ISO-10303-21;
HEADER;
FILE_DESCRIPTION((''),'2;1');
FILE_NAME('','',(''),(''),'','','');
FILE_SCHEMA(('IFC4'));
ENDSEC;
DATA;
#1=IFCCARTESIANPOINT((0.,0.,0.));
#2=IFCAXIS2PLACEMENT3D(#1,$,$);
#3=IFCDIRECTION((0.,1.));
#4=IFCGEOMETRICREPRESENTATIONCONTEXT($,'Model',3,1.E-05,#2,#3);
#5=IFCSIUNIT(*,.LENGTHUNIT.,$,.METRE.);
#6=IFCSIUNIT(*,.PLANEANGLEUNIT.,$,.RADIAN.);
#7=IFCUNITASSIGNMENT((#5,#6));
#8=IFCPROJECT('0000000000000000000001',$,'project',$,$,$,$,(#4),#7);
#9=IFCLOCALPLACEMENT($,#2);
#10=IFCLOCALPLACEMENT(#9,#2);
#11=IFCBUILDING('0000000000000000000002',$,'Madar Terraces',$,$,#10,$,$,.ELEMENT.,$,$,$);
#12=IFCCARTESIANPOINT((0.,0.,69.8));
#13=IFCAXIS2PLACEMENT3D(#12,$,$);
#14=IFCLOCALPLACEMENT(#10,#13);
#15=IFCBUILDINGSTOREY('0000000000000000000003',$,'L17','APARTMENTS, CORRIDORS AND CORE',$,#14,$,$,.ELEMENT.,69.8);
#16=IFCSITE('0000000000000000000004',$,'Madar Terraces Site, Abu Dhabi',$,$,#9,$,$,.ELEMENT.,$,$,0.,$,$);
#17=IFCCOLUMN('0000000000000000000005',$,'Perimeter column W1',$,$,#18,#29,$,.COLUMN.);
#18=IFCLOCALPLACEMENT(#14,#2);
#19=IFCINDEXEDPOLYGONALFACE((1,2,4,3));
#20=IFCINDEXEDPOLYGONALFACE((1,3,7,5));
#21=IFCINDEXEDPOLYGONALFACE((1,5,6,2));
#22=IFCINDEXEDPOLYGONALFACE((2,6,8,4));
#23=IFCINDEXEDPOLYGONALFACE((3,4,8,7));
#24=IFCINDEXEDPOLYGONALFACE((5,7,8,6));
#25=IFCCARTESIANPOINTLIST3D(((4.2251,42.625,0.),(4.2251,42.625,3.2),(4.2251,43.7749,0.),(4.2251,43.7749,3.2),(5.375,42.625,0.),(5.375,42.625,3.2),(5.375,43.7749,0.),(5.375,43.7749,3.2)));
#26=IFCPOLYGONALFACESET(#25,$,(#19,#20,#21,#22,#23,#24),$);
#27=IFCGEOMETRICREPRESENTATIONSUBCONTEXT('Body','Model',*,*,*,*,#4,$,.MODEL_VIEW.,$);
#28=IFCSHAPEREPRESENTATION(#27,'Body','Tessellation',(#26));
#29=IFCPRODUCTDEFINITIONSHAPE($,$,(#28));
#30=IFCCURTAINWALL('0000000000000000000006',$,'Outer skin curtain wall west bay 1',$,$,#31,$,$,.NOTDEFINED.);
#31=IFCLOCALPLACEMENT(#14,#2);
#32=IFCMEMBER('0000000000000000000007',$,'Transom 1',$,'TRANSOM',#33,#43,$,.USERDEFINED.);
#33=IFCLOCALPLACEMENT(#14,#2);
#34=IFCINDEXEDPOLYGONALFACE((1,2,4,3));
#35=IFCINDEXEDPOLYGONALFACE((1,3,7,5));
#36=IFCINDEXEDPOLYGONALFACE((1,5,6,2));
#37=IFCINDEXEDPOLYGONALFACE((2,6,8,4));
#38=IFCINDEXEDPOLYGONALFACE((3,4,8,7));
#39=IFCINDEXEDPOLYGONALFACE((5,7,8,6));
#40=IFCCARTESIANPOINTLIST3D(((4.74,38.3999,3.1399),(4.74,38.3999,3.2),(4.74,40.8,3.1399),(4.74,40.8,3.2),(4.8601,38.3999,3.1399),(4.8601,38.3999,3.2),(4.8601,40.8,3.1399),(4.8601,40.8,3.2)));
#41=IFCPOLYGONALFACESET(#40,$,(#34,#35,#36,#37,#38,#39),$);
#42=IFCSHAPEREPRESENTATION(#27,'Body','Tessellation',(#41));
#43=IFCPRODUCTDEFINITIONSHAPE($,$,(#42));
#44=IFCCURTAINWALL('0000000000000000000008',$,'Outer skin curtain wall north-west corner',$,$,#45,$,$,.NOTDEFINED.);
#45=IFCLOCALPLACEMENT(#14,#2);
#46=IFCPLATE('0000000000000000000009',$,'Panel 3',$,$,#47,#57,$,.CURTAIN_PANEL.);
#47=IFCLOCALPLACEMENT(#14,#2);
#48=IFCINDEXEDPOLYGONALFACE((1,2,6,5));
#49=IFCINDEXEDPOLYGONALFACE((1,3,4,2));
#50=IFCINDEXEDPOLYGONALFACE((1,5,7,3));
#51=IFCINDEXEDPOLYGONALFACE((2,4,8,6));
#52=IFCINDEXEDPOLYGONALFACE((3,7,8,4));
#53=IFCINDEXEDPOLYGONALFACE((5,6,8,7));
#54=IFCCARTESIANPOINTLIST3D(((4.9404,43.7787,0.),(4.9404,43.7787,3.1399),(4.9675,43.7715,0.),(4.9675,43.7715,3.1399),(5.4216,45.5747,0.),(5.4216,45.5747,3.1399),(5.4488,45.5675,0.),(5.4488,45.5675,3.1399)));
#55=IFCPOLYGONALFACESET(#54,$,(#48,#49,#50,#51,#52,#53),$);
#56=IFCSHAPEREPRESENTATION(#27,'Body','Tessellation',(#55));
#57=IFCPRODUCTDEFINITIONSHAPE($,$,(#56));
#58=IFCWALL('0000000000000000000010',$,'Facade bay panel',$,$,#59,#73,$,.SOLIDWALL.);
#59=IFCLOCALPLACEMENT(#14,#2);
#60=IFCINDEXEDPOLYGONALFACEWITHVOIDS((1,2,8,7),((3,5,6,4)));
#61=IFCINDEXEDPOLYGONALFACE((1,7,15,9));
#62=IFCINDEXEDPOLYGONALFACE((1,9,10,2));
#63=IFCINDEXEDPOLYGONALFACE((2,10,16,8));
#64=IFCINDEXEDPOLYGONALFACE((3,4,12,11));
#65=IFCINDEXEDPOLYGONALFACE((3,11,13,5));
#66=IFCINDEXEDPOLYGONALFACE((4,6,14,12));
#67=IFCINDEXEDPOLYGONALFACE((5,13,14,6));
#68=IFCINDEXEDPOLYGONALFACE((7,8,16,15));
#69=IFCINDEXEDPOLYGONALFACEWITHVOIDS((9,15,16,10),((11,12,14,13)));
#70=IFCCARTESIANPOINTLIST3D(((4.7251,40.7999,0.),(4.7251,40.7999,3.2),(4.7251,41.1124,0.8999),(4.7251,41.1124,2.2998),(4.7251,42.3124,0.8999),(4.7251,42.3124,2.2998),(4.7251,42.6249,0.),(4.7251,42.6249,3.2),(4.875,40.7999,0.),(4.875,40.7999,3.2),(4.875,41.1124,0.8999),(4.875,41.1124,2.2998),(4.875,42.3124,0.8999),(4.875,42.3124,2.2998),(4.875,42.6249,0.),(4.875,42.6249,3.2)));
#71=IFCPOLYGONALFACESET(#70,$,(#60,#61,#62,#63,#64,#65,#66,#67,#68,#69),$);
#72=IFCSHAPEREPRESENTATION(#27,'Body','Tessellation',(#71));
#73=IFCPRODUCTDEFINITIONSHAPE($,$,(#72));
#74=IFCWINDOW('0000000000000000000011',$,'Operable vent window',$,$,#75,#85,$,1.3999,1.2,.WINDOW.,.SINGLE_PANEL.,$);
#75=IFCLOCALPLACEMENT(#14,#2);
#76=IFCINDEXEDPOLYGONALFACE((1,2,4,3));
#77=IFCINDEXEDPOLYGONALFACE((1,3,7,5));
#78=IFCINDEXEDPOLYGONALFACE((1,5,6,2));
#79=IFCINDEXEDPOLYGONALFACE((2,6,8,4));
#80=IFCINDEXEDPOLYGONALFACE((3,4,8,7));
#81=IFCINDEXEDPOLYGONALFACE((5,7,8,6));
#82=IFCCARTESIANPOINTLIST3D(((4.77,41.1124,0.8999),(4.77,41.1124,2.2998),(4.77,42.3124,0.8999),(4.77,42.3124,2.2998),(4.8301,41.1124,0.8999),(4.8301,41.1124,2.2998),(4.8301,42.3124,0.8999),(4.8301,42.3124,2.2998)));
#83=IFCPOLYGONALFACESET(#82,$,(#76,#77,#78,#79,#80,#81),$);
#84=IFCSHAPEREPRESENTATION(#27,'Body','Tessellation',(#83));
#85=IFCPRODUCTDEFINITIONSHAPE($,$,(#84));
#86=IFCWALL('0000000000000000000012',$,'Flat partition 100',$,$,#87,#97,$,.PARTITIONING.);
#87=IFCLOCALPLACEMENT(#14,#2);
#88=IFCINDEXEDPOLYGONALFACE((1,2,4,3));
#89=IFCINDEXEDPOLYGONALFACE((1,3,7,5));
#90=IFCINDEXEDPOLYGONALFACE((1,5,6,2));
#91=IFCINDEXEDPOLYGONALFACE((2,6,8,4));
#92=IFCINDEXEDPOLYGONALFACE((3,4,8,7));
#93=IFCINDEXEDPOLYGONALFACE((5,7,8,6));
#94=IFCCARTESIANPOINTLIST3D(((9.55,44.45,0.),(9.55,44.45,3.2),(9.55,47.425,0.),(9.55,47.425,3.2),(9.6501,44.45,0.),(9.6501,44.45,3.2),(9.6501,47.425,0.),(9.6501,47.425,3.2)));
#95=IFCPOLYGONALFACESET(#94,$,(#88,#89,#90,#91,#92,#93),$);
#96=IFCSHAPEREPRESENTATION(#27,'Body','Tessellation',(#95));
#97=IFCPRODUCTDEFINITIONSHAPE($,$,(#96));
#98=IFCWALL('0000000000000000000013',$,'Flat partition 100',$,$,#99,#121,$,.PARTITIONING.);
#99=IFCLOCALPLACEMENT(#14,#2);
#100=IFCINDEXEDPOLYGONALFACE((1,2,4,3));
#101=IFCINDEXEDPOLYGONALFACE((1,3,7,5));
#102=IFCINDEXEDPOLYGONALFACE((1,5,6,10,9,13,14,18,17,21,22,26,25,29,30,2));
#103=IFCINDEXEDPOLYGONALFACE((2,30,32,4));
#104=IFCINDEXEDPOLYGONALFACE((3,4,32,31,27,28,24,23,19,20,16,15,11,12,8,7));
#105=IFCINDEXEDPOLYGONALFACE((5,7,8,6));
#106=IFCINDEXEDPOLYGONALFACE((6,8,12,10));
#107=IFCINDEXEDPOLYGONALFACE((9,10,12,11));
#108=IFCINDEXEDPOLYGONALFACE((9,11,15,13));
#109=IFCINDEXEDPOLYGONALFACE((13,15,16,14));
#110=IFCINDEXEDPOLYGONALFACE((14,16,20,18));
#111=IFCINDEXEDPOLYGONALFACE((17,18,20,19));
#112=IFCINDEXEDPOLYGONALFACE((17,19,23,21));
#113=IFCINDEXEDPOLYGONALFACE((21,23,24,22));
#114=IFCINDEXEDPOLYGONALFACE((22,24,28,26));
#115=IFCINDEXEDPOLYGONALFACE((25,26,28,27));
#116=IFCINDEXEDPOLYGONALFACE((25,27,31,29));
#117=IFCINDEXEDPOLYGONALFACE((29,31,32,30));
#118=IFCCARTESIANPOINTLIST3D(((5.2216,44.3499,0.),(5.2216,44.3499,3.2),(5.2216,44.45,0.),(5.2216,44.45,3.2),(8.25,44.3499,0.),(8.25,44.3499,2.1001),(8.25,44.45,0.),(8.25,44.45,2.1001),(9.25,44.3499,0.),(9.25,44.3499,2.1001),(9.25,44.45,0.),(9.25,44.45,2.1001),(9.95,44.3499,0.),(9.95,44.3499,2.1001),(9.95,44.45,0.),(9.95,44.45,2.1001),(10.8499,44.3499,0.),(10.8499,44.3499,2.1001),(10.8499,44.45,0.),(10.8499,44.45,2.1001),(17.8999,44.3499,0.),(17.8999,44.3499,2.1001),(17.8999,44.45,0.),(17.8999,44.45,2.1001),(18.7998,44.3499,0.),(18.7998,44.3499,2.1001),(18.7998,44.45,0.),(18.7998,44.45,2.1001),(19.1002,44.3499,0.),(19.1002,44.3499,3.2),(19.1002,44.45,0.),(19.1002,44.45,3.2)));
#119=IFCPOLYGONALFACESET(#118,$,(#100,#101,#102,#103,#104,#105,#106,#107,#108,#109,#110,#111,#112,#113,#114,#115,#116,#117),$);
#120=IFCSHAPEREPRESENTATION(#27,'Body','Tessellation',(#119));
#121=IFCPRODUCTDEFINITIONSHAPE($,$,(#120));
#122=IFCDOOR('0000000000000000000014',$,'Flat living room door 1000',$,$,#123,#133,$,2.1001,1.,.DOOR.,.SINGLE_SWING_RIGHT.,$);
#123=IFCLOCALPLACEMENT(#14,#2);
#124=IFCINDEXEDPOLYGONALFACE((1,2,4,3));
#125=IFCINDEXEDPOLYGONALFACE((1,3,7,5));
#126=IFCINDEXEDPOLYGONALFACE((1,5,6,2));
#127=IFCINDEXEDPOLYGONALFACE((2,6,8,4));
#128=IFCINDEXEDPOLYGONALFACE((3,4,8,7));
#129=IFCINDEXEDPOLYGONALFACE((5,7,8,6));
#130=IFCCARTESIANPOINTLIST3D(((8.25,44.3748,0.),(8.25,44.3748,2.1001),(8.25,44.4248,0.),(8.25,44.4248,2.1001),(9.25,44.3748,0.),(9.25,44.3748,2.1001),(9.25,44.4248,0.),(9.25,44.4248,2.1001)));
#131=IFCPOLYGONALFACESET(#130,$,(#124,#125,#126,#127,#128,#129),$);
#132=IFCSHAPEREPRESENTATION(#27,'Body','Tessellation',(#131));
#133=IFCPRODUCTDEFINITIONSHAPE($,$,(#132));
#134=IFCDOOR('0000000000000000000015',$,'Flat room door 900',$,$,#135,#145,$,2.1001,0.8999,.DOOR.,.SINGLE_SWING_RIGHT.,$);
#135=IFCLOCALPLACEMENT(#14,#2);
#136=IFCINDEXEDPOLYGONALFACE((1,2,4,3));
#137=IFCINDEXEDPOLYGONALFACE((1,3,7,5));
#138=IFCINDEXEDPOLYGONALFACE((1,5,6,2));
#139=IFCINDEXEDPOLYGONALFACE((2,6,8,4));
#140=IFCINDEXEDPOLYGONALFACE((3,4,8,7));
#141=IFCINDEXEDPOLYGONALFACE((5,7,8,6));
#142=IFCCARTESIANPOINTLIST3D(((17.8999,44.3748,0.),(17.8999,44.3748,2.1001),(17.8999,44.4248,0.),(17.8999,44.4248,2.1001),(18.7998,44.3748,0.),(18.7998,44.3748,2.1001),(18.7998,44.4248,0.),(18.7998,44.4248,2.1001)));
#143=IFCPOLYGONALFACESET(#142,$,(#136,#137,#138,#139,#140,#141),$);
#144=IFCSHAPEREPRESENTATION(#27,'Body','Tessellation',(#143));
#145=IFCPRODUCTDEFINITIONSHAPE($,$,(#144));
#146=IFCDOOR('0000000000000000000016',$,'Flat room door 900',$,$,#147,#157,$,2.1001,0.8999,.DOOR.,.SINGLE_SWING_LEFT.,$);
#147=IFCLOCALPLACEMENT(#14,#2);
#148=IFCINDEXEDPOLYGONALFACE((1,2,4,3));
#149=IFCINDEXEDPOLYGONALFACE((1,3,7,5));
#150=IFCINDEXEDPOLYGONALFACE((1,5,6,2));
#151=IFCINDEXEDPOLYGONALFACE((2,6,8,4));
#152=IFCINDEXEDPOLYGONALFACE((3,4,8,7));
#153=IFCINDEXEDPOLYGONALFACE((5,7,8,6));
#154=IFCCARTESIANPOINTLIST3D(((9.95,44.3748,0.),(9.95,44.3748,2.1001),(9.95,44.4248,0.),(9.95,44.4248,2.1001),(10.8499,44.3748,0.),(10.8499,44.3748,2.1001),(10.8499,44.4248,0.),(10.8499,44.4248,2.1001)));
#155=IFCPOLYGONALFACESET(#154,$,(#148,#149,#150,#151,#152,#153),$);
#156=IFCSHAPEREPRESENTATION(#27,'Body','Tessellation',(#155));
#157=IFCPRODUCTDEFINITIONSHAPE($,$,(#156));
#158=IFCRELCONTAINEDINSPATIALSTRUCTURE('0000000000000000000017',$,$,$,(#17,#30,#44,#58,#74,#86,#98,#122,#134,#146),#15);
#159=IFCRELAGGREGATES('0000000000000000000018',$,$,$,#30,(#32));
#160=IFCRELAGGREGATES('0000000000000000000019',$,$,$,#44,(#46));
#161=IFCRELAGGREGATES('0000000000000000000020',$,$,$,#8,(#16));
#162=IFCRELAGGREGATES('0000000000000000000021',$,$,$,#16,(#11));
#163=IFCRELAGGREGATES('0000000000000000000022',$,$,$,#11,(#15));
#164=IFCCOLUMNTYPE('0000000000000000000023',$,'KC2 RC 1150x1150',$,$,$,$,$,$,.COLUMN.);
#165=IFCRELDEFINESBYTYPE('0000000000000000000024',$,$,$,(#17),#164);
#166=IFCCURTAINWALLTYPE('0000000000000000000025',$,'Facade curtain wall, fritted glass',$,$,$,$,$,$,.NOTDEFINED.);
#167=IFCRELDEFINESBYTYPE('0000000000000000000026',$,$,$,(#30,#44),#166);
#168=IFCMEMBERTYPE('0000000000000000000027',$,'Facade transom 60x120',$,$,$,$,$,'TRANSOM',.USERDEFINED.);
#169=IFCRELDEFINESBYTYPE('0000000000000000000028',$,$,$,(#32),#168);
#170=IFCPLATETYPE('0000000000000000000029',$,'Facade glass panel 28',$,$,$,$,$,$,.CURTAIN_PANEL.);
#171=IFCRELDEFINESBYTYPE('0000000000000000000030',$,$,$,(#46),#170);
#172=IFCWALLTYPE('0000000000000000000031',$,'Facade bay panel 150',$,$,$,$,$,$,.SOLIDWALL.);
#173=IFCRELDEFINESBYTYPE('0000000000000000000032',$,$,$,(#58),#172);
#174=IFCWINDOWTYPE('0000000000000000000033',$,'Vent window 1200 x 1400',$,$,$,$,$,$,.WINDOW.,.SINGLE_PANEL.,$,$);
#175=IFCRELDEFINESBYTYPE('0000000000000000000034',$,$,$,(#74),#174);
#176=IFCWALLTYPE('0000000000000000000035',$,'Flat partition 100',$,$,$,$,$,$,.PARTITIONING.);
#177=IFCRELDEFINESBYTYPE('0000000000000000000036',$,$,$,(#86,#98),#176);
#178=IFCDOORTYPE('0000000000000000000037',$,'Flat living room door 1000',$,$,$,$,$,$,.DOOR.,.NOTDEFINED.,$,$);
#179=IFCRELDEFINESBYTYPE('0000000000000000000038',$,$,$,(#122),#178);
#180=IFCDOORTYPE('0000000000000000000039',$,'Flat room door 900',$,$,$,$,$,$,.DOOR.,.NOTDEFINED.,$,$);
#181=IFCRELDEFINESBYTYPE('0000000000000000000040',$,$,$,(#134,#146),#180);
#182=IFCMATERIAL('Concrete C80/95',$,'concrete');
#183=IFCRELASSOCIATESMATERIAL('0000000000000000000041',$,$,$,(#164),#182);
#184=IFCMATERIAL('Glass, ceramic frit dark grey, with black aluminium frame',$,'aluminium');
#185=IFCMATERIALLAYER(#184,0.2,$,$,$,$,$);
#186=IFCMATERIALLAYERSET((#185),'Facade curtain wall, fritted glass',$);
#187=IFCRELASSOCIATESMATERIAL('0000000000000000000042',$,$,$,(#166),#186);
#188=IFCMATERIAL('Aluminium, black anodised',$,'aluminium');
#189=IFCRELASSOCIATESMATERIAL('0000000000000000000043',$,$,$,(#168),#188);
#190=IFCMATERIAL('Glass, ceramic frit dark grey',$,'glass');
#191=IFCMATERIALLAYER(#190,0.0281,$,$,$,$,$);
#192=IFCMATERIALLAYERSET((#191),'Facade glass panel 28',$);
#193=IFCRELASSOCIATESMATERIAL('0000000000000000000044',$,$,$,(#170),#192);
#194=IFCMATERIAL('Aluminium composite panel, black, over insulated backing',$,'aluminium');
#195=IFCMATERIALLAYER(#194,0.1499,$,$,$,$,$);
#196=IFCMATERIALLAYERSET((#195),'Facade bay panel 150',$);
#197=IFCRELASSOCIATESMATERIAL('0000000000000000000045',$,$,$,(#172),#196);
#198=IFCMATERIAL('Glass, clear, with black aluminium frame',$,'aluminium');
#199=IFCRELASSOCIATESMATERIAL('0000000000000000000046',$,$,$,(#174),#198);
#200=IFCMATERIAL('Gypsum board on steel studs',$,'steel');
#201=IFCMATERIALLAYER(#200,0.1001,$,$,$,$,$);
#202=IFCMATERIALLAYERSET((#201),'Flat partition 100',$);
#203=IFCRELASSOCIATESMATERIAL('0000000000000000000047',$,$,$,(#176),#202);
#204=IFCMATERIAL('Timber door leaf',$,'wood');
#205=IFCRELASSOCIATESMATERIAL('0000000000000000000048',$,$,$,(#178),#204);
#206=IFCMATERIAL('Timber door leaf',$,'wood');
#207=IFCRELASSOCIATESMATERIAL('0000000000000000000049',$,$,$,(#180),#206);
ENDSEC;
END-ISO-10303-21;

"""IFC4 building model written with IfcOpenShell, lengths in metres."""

from ifc_helpers import new_model, si_unit, direction, frame, frame_2d, origin, origin_2d, place, context, subcontext, project, spatial, rectangle, extrude, material, layer, layer_set, material_profile, profile_set, type_object, element, fill, aggregate, save


model = new_model("IFC4")

# Units and contexts
model_context = context("Model", 3, precision=1e-05, world=origin(), true_north=direction((0.0, 1.0)))
body_context = subcontext(model_context, "Body", "Model", "MODEL_VIEW")
ifc_project = project(units=[si_unit("LENGTHUNIT", "METRE"), si_unit("PLANEANGLEUNIT", "RADIAN")], contexts=[model_context])

# Site, building, storey
site_placement = place(None, origin())
site = spatial("IfcSite", under=ifc_project, at=site_placement, Name="Madar Terraces Site, Abu Dhabi", CompositionType="ELEMENT", RefElevation=0.0)
building_placement = place(site_placement, origin())
building = spatial("IfcBuilding", under=site, at=building_placement, Name="Madar Terraces", CompositionType="ELEMENT")
storey_placement = place(building_placement, frame((0.0, 0.0, 69.8)))
storey = spatial("IfcBuildingStorey", under=building, at=storey_placement, Name="L17", Description="APARTMENTS, CORRIDORS AND CORE", CompositionType="ELEMENT", Elevation=69.8)

# Column
ifc_material_1 = material(Name="Concrete C80/95", Category="concrete")
ifc_material_profile_1 = material_profile(ifc_material_1, rectangle(XDim=1.1499, YDim=1.1499, at=origin_2d()), Name="KC2 RC 1150x1150")
ifc_profile_set_1 = profile_set([ifc_material_profile_1], Name="Concrete C80/95")
column_type = type_object("IfcColumnType", Name="KC2 RC 1150x1150", PredefinedType="COLUMN", material=ifc_profile_set_1)
column_placement = place(storey_placement, frame((4.8, 43.2, 0.0), z_axis=(0.0, 0.0, 1.0), x_axis=(1.0, 0.0, 0.0)))
element("IfcColumn", 1, at=column_placement, inside=storey, type_object=column_type, Name="Perimeter column W1", PredefinedType="COLUMN", context=body_context, shape_type="SweptSolid", body=[
    extrude(rectangle(XDim=1.1499, YDim=1.1499, at=origin_2d()), origin(), (0.0, 0.0, 1.0), 3.2),
])

# Curtain wall, member
ifc_material_2 = material(Name="Glass, ceramic frit dark grey, with black aluminium frame", Category="aluminium")
ifc_layer_1 = layer(ifc_material_2, 0.2)
ifc_layer_set_1 = layer_set([ifc_layer_1], Name="Facade curtain wall, fritted glass")
curtain_wall_type = type_object("IfcCurtainWallType", Name="Facade curtain wall, fritted glass", PredefinedType="NOTDEFINED", material=ifc_layer_set_1)
curtain_wall_1_placement = place(storey_placement, origin())
curtain_wall_1 = element("IfcCurtainWall", 2, at=curtain_wall_1_placement, inside=storey, type_object=curtain_wall_type, Name="Outer skin curtain wall west bay 1", PredefinedType="NOTDEFINED")
ifc_material_3 = material(Name="Aluminium, black anodised", Category="aluminium")
ifc_material_profile_2 = material_profile(ifc_material_3, rectangle(XDim=0.1201, YDim=0.0601, at=origin_2d()), Name="Facade transom 60x120")
ifc_profile_set_2 = profile_set([ifc_material_profile_2], Name="Aluminium, black anodised")
member_type = type_object("IfcMemberType", Name="Facade transom 60x120", ElementType="TRANSOM", PredefinedType="USERDEFINED", material=ifc_profile_set_2)
member_placement = place(storey_placement, frame((4.8, 40.8, 3.1699), z_axis=(0.0, -1.0, 0.0), x_axis=(1.0, 0.0, 0.0)))
member = element("IfcMember", 3, at=member_placement, type_object=member_type, Name="Transom 1", ObjectType="TRANSOM", PredefinedType="USERDEFINED", context=body_context, shape_type="SweptSolid", body=[
    extrude(rectangle(XDim=0.1201, YDim=0.0601, at=origin_2d()), origin(), (0.0, 0.0, 1.0), 2.4001),
])
aggregate(curtain_wall_1, [member])

# Curtain wall, plate
curtain_wall_2_placement = place(storey_placement, origin())
curtain_wall_2 = element("IfcCurtainWall", 4, at=curtain_wall_2_placement, inside=storey, type_object=curtain_wall_type, Name="Outer skin curtain wall north-west corner", PredefinedType="NOTDEFINED")
ifc_material_4 = material(Name="Glass, ceramic frit dark grey", Category="glass")
ifc_layer_2 = layer(ifc_material_4, 0.0281)
ifc_layer_set_2 = layer_set([ifc_layer_2], Name="Facade glass panel 28")
plate_type = type_object("IfcPlateType", Name="Facade glass panel 28", PredefinedType="CURTAIN_PANEL", material=ifc_layer_set_2)
plate_placement = place(storey_placement, frame((5.1946, 44.6731, 0.0), z_axis=(0.0, 0.0, 1.0), x_axis=(-0.258819, -0.965926, 0.0)))
plate = element("IfcPlate", 5, at=plate_placement, type_object=plate_type, Name="Panel 3", PredefinedType="CURTAIN_PANEL", context=body_context, shape_type="SweptSolid", body=[
    extrude(rectangle(XDim=1.8594, YDim=0.0281, at=origin_2d()), origin(), (0.0, 0.0, 1.0), 3.1399),
])
aggregate(curtain_wall_2, [plate])

# Wall, opening, window
ifc_material_5 = material(Name="Aluminium composite panel, black, over insulated backing", Category="aluminium")
ifc_layer_3 = layer(ifc_material_5, 0.1499)
ifc_layer_set_3 = layer_set([ifc_layer_3], Name="Facade bay panel 150")
wall_type_1 = type_object("IfcWallType", Name="Facade bay panel 150", PredefinedType="SOLIDWALL", material=ifc_layer_set_3)
wall_1_placement = place(storey_placement, frame((4.8, 42.625, 0.0), z_axis=(0.0, 0.0, 1.0), x_axis=(0.0, -1.0, 0.0)))
wall_1 = element("IfcWall", 6, at=wall_1_placement, inside=storey, type_object=wall_type_1, Name="Facade bay panel", PredefinedType="SOLIDWALL", context=body_context, shape_type="SweptSolid", body=[
    extrude(rectangle(XDim=1.825, YDim=0.1499, at=frame_2d((0.9126, 0.0))), origin(), (0.0, 0.0, 1.0), 3.2),
])
opening_1_placement = place(wall_1_placement, frame((0.3125, 0.0, 0.8999)))
opening_1 = element("IfcOpeningElement", 7, at=opening_1_placement, cuts=wall_1, PredefinedType="OPENING", context=body_context, shape_type="SweptSolid", body=[
    extrude(rectangle(XDim=1.2, YDim=1.3999, at=frame_2d((0.6001, 0.7))), frame((0.0, 0.085, 0.0), z_axis=(0.0, -1.0, 0.0), x_axis=(1.0, 0.0, 0.0)), (0.0, 0.0, 1.0), 0.1699),
])
ifc_material_6 = material(Name="Glass, clear, with black aluminium frame", Category="aluminium")
window_type = type_object("IfcWindowType", Name="Vent window 1200 x 1400", PartitioningType="SINGLE_PANEL", PredefinedType="WINDOW", material=ifc_material_6)
window_placement = place(opening_1_placement, origin())
window = element("IfcWindow", 8, at=window_placement, inside=storey, type_object=window_type, Name="Operable vent window", OverallHeight=1.3999, OverallWidth=1.2, PartitioningType="SINGLE_PANEL", PredefinedType="WINDOW", context=body_context, shape_type="SweptSolid", body=[
    extrude(rectangle(XDim=1.2, YDim=1.3999, at=frame_2d((0.6001, 0.7))), frame((0.0, 0.03, 0.0), z_axis=(0.0, -1.0, 0.0), x_axis=(1.0, 0.0, 0.0)), (0.0, 0.0, 1.0), 0.0601),
])
fill(opening_1, window)

# Wall
ifc_material_7 = material(Name="Gypsum board on steel studs", Category="steel")
ifc_layer_4 = layer(ifc_material_7, 0.1001)
ifc_layer_set_4 = layer_set([ifc_layer_4], Name="Flat partition 100")
wall_type_2 = type_object("IfcWallType", Name="Flat partition 100", PredefinedType="PARTITIONING", material=ifc_layer_set_4)
wall_2_placement = place(storey_placement, frame((9.6001, 44.45, 0.0), z_axis=(0.0, 0.0, 1.0), x_axis=(0.0, 1.0, 0.0)))
element("IfcWall", 9, at=wall_2_placement, inside=storey, type_object=wall_type_2, Name="Flat partition 100", PredefinedType="PARTITIONING", context=body_context, shape_type="SweptSolid", body=[
    extrude(rectangle(XDim=2.9751, YDim=0.1001, at=frame_2d((1.4875, 0.0))), origin(), (0.0, 0.0, 1.0), 3.2),
])

# Wall, openings, doors
wall_3_placement = place(storey_placement, frame((5.2214, 44.3999, 0.0), z_axis=(0.0, 0.0, 1.0), x_axis=(1.0, 0.0, 0.0)))
wall_3 = element("IfcWall", 10, at=wall_3_placement, inside=storey, type_object=wall_type_2, Name="Flat partition 100", PredefinedType="PARTITIONING", context=body_context, shape_type="SweptSolid", body=[
    extrude(rectangle(XDim=13.8787, YDim=0.1001, at=frame_2d((6.9395, 0.0))), origin(), (0.0, 0.0, 1.0), 3.2),
])
opening_2_placement = place(wall_3_placement, frame((12.6785, 0.0, 0.0)))
opening_2 = element("IfcOpeningElement", 11, at=opening_2_placement, cuts=wall_3, PredefinedType="OPENING", context=body_context, shape_type="SweptSolid", body=[
    extrude(rectangle(XDim=0.8999, YDim=2.1001, at=frame_2d((0.45, 1.05))), frame((0.0, 0.0601, 0.0), z_axis=(0.0, -1.0, 0.0), x_axis=(1.0, 0.0, 0.0)), (0.0, 0.0, 1.0), 0.1201),
])
opening_3_placement = place(wall_3_placement, frame((4.7285, 0.0, 0.0)))
opening_3 = element("IfcOpeningElement", 12, at=opening_3_placement, cuts=wall_3, PredefinedType="OPENING", context=body_context, shape_type="SweptSolid", body=[
    extrude(rectangle(XDim=0.8999, YDim=2.1001, at=frame_2d((0.45, 1.05))), frame((0.0, 0.0601, 0.0), z_axis=(0.0, -1.0, 0.0), x_axis=(1.0, 0.0, 0.0)), (0.0, 0.0, 1.0), 0.1201),
])
opening_4_placement = place(wall_3_placement, frame((3.0286, 0.0, 0.0)))
opening_4 = element("IfcOpeningElement", 13, at=opening_4_placement, cuts=wall_3, PredefinedType="OPENING", context=body_context, shape_type="SweptSolid", body=[
    extrude(rectangle(XDim=1.0, YDim=2.1001, at=frame_2d((0.5, 1.05))), frame((0.0, 0.0601, 0.0), z_axis=(0.0, -1.0, 0.0), x_axis=(1.0, 0.0, 0.0)), (0.0, 0.0, 1.0), 0.1201),
])
ifc_material_8 = material(Name="Timber door leaf", Category="wood")
door_type_1 = type_object("IfcDoorType", Name="Flat living room door 1000", OperationType="NOTDEFINED", PredefinedType="DOOR", material=ifc_material_8)
door_1_placement = place(opening_4_placement, origin())
door_1 = element("IfcDoor", 14, at=door_1_placement, inside=storey, type_object=door_type_1, Name="Flat living room door 1000", OperationType="SINGLE_SWING_RIGHT", OverallHeight=2.1001, OverallWidth=1.0, PredefinedType="DOOR", context=body_context, shape_type="SweptSolid", body=[
    extrude(rectangle(XDim=1.0, YDim=2.1001, at=frame_2d((0.5, 1.05))), frame((0.0, 0.0249, 0.0), z_axis=(0.0, -1.0, 0.0), x_axis=(1.0, 0.0, 0.0)), (0.0, 0.0, 1.0), 0.05),
])
fill(opening_4, door_1)
ifc_material_9 = material(Name="Timber door leaf", Category="wood")
door_type_2 = type_object("IfcDoorType", Name="Flat room door 900", OperationType="NOTDEFINED", PredefinedType="DOOR", material=ifc_material_9)
door_2_placement = place(opening_2_placement, origin())
door_2 = element("IfcDoor", 15, at=door_2_placement, inside=storey, type_object=door_type_2, Name="Flat room door 900", OperationType="SINGLE_SWING_RIGHT", OverallHeight=2.1001, OverallWidth=0.8999, PredefinedType="DOOR", context=body_context, shape_type="SweptSolid", body=[
    extrude(rectangle(XDim=0.8999, YDim=2.1001, at=frame_2d((0.45, 1.05))), frame((0.0, 0.0249, 0.0), z_axis=(0.0, -1.0, 0.0), x_axis=(1.0, 0.0, 0.0)), (0.0, 0.0, 1.0), 0.05),
])
fill(opening_2, door_2)
door_3_placement = place(opening_3_placement, origin())
door_3 = element("IfcDoor", 16, at=door_3_placement, inside=storey, type_object=door_type_2, Name="Flat room door 900", OperationType="SINGLE_SWING_LEFT", OverallHeight=2.1001, OverallWidth=0.8999, PredefinedType="DOOR", context=body_context, shape_type="SweptSolid", body=[
    extrude(rectangle(XDim=0.8999, YDim=2.1001, at=frame_2d((0.45, 1.05))), frame((0.0, 0.0249, 0.0), z_axis=(0.0, -1.0, 0.0), x_axis=(1.0, 0.0, 0.0)), (0.0, 0.0, 1.0), 0.05),
])
fill(opening_3, door_3)

save(model, "model.ifc")
